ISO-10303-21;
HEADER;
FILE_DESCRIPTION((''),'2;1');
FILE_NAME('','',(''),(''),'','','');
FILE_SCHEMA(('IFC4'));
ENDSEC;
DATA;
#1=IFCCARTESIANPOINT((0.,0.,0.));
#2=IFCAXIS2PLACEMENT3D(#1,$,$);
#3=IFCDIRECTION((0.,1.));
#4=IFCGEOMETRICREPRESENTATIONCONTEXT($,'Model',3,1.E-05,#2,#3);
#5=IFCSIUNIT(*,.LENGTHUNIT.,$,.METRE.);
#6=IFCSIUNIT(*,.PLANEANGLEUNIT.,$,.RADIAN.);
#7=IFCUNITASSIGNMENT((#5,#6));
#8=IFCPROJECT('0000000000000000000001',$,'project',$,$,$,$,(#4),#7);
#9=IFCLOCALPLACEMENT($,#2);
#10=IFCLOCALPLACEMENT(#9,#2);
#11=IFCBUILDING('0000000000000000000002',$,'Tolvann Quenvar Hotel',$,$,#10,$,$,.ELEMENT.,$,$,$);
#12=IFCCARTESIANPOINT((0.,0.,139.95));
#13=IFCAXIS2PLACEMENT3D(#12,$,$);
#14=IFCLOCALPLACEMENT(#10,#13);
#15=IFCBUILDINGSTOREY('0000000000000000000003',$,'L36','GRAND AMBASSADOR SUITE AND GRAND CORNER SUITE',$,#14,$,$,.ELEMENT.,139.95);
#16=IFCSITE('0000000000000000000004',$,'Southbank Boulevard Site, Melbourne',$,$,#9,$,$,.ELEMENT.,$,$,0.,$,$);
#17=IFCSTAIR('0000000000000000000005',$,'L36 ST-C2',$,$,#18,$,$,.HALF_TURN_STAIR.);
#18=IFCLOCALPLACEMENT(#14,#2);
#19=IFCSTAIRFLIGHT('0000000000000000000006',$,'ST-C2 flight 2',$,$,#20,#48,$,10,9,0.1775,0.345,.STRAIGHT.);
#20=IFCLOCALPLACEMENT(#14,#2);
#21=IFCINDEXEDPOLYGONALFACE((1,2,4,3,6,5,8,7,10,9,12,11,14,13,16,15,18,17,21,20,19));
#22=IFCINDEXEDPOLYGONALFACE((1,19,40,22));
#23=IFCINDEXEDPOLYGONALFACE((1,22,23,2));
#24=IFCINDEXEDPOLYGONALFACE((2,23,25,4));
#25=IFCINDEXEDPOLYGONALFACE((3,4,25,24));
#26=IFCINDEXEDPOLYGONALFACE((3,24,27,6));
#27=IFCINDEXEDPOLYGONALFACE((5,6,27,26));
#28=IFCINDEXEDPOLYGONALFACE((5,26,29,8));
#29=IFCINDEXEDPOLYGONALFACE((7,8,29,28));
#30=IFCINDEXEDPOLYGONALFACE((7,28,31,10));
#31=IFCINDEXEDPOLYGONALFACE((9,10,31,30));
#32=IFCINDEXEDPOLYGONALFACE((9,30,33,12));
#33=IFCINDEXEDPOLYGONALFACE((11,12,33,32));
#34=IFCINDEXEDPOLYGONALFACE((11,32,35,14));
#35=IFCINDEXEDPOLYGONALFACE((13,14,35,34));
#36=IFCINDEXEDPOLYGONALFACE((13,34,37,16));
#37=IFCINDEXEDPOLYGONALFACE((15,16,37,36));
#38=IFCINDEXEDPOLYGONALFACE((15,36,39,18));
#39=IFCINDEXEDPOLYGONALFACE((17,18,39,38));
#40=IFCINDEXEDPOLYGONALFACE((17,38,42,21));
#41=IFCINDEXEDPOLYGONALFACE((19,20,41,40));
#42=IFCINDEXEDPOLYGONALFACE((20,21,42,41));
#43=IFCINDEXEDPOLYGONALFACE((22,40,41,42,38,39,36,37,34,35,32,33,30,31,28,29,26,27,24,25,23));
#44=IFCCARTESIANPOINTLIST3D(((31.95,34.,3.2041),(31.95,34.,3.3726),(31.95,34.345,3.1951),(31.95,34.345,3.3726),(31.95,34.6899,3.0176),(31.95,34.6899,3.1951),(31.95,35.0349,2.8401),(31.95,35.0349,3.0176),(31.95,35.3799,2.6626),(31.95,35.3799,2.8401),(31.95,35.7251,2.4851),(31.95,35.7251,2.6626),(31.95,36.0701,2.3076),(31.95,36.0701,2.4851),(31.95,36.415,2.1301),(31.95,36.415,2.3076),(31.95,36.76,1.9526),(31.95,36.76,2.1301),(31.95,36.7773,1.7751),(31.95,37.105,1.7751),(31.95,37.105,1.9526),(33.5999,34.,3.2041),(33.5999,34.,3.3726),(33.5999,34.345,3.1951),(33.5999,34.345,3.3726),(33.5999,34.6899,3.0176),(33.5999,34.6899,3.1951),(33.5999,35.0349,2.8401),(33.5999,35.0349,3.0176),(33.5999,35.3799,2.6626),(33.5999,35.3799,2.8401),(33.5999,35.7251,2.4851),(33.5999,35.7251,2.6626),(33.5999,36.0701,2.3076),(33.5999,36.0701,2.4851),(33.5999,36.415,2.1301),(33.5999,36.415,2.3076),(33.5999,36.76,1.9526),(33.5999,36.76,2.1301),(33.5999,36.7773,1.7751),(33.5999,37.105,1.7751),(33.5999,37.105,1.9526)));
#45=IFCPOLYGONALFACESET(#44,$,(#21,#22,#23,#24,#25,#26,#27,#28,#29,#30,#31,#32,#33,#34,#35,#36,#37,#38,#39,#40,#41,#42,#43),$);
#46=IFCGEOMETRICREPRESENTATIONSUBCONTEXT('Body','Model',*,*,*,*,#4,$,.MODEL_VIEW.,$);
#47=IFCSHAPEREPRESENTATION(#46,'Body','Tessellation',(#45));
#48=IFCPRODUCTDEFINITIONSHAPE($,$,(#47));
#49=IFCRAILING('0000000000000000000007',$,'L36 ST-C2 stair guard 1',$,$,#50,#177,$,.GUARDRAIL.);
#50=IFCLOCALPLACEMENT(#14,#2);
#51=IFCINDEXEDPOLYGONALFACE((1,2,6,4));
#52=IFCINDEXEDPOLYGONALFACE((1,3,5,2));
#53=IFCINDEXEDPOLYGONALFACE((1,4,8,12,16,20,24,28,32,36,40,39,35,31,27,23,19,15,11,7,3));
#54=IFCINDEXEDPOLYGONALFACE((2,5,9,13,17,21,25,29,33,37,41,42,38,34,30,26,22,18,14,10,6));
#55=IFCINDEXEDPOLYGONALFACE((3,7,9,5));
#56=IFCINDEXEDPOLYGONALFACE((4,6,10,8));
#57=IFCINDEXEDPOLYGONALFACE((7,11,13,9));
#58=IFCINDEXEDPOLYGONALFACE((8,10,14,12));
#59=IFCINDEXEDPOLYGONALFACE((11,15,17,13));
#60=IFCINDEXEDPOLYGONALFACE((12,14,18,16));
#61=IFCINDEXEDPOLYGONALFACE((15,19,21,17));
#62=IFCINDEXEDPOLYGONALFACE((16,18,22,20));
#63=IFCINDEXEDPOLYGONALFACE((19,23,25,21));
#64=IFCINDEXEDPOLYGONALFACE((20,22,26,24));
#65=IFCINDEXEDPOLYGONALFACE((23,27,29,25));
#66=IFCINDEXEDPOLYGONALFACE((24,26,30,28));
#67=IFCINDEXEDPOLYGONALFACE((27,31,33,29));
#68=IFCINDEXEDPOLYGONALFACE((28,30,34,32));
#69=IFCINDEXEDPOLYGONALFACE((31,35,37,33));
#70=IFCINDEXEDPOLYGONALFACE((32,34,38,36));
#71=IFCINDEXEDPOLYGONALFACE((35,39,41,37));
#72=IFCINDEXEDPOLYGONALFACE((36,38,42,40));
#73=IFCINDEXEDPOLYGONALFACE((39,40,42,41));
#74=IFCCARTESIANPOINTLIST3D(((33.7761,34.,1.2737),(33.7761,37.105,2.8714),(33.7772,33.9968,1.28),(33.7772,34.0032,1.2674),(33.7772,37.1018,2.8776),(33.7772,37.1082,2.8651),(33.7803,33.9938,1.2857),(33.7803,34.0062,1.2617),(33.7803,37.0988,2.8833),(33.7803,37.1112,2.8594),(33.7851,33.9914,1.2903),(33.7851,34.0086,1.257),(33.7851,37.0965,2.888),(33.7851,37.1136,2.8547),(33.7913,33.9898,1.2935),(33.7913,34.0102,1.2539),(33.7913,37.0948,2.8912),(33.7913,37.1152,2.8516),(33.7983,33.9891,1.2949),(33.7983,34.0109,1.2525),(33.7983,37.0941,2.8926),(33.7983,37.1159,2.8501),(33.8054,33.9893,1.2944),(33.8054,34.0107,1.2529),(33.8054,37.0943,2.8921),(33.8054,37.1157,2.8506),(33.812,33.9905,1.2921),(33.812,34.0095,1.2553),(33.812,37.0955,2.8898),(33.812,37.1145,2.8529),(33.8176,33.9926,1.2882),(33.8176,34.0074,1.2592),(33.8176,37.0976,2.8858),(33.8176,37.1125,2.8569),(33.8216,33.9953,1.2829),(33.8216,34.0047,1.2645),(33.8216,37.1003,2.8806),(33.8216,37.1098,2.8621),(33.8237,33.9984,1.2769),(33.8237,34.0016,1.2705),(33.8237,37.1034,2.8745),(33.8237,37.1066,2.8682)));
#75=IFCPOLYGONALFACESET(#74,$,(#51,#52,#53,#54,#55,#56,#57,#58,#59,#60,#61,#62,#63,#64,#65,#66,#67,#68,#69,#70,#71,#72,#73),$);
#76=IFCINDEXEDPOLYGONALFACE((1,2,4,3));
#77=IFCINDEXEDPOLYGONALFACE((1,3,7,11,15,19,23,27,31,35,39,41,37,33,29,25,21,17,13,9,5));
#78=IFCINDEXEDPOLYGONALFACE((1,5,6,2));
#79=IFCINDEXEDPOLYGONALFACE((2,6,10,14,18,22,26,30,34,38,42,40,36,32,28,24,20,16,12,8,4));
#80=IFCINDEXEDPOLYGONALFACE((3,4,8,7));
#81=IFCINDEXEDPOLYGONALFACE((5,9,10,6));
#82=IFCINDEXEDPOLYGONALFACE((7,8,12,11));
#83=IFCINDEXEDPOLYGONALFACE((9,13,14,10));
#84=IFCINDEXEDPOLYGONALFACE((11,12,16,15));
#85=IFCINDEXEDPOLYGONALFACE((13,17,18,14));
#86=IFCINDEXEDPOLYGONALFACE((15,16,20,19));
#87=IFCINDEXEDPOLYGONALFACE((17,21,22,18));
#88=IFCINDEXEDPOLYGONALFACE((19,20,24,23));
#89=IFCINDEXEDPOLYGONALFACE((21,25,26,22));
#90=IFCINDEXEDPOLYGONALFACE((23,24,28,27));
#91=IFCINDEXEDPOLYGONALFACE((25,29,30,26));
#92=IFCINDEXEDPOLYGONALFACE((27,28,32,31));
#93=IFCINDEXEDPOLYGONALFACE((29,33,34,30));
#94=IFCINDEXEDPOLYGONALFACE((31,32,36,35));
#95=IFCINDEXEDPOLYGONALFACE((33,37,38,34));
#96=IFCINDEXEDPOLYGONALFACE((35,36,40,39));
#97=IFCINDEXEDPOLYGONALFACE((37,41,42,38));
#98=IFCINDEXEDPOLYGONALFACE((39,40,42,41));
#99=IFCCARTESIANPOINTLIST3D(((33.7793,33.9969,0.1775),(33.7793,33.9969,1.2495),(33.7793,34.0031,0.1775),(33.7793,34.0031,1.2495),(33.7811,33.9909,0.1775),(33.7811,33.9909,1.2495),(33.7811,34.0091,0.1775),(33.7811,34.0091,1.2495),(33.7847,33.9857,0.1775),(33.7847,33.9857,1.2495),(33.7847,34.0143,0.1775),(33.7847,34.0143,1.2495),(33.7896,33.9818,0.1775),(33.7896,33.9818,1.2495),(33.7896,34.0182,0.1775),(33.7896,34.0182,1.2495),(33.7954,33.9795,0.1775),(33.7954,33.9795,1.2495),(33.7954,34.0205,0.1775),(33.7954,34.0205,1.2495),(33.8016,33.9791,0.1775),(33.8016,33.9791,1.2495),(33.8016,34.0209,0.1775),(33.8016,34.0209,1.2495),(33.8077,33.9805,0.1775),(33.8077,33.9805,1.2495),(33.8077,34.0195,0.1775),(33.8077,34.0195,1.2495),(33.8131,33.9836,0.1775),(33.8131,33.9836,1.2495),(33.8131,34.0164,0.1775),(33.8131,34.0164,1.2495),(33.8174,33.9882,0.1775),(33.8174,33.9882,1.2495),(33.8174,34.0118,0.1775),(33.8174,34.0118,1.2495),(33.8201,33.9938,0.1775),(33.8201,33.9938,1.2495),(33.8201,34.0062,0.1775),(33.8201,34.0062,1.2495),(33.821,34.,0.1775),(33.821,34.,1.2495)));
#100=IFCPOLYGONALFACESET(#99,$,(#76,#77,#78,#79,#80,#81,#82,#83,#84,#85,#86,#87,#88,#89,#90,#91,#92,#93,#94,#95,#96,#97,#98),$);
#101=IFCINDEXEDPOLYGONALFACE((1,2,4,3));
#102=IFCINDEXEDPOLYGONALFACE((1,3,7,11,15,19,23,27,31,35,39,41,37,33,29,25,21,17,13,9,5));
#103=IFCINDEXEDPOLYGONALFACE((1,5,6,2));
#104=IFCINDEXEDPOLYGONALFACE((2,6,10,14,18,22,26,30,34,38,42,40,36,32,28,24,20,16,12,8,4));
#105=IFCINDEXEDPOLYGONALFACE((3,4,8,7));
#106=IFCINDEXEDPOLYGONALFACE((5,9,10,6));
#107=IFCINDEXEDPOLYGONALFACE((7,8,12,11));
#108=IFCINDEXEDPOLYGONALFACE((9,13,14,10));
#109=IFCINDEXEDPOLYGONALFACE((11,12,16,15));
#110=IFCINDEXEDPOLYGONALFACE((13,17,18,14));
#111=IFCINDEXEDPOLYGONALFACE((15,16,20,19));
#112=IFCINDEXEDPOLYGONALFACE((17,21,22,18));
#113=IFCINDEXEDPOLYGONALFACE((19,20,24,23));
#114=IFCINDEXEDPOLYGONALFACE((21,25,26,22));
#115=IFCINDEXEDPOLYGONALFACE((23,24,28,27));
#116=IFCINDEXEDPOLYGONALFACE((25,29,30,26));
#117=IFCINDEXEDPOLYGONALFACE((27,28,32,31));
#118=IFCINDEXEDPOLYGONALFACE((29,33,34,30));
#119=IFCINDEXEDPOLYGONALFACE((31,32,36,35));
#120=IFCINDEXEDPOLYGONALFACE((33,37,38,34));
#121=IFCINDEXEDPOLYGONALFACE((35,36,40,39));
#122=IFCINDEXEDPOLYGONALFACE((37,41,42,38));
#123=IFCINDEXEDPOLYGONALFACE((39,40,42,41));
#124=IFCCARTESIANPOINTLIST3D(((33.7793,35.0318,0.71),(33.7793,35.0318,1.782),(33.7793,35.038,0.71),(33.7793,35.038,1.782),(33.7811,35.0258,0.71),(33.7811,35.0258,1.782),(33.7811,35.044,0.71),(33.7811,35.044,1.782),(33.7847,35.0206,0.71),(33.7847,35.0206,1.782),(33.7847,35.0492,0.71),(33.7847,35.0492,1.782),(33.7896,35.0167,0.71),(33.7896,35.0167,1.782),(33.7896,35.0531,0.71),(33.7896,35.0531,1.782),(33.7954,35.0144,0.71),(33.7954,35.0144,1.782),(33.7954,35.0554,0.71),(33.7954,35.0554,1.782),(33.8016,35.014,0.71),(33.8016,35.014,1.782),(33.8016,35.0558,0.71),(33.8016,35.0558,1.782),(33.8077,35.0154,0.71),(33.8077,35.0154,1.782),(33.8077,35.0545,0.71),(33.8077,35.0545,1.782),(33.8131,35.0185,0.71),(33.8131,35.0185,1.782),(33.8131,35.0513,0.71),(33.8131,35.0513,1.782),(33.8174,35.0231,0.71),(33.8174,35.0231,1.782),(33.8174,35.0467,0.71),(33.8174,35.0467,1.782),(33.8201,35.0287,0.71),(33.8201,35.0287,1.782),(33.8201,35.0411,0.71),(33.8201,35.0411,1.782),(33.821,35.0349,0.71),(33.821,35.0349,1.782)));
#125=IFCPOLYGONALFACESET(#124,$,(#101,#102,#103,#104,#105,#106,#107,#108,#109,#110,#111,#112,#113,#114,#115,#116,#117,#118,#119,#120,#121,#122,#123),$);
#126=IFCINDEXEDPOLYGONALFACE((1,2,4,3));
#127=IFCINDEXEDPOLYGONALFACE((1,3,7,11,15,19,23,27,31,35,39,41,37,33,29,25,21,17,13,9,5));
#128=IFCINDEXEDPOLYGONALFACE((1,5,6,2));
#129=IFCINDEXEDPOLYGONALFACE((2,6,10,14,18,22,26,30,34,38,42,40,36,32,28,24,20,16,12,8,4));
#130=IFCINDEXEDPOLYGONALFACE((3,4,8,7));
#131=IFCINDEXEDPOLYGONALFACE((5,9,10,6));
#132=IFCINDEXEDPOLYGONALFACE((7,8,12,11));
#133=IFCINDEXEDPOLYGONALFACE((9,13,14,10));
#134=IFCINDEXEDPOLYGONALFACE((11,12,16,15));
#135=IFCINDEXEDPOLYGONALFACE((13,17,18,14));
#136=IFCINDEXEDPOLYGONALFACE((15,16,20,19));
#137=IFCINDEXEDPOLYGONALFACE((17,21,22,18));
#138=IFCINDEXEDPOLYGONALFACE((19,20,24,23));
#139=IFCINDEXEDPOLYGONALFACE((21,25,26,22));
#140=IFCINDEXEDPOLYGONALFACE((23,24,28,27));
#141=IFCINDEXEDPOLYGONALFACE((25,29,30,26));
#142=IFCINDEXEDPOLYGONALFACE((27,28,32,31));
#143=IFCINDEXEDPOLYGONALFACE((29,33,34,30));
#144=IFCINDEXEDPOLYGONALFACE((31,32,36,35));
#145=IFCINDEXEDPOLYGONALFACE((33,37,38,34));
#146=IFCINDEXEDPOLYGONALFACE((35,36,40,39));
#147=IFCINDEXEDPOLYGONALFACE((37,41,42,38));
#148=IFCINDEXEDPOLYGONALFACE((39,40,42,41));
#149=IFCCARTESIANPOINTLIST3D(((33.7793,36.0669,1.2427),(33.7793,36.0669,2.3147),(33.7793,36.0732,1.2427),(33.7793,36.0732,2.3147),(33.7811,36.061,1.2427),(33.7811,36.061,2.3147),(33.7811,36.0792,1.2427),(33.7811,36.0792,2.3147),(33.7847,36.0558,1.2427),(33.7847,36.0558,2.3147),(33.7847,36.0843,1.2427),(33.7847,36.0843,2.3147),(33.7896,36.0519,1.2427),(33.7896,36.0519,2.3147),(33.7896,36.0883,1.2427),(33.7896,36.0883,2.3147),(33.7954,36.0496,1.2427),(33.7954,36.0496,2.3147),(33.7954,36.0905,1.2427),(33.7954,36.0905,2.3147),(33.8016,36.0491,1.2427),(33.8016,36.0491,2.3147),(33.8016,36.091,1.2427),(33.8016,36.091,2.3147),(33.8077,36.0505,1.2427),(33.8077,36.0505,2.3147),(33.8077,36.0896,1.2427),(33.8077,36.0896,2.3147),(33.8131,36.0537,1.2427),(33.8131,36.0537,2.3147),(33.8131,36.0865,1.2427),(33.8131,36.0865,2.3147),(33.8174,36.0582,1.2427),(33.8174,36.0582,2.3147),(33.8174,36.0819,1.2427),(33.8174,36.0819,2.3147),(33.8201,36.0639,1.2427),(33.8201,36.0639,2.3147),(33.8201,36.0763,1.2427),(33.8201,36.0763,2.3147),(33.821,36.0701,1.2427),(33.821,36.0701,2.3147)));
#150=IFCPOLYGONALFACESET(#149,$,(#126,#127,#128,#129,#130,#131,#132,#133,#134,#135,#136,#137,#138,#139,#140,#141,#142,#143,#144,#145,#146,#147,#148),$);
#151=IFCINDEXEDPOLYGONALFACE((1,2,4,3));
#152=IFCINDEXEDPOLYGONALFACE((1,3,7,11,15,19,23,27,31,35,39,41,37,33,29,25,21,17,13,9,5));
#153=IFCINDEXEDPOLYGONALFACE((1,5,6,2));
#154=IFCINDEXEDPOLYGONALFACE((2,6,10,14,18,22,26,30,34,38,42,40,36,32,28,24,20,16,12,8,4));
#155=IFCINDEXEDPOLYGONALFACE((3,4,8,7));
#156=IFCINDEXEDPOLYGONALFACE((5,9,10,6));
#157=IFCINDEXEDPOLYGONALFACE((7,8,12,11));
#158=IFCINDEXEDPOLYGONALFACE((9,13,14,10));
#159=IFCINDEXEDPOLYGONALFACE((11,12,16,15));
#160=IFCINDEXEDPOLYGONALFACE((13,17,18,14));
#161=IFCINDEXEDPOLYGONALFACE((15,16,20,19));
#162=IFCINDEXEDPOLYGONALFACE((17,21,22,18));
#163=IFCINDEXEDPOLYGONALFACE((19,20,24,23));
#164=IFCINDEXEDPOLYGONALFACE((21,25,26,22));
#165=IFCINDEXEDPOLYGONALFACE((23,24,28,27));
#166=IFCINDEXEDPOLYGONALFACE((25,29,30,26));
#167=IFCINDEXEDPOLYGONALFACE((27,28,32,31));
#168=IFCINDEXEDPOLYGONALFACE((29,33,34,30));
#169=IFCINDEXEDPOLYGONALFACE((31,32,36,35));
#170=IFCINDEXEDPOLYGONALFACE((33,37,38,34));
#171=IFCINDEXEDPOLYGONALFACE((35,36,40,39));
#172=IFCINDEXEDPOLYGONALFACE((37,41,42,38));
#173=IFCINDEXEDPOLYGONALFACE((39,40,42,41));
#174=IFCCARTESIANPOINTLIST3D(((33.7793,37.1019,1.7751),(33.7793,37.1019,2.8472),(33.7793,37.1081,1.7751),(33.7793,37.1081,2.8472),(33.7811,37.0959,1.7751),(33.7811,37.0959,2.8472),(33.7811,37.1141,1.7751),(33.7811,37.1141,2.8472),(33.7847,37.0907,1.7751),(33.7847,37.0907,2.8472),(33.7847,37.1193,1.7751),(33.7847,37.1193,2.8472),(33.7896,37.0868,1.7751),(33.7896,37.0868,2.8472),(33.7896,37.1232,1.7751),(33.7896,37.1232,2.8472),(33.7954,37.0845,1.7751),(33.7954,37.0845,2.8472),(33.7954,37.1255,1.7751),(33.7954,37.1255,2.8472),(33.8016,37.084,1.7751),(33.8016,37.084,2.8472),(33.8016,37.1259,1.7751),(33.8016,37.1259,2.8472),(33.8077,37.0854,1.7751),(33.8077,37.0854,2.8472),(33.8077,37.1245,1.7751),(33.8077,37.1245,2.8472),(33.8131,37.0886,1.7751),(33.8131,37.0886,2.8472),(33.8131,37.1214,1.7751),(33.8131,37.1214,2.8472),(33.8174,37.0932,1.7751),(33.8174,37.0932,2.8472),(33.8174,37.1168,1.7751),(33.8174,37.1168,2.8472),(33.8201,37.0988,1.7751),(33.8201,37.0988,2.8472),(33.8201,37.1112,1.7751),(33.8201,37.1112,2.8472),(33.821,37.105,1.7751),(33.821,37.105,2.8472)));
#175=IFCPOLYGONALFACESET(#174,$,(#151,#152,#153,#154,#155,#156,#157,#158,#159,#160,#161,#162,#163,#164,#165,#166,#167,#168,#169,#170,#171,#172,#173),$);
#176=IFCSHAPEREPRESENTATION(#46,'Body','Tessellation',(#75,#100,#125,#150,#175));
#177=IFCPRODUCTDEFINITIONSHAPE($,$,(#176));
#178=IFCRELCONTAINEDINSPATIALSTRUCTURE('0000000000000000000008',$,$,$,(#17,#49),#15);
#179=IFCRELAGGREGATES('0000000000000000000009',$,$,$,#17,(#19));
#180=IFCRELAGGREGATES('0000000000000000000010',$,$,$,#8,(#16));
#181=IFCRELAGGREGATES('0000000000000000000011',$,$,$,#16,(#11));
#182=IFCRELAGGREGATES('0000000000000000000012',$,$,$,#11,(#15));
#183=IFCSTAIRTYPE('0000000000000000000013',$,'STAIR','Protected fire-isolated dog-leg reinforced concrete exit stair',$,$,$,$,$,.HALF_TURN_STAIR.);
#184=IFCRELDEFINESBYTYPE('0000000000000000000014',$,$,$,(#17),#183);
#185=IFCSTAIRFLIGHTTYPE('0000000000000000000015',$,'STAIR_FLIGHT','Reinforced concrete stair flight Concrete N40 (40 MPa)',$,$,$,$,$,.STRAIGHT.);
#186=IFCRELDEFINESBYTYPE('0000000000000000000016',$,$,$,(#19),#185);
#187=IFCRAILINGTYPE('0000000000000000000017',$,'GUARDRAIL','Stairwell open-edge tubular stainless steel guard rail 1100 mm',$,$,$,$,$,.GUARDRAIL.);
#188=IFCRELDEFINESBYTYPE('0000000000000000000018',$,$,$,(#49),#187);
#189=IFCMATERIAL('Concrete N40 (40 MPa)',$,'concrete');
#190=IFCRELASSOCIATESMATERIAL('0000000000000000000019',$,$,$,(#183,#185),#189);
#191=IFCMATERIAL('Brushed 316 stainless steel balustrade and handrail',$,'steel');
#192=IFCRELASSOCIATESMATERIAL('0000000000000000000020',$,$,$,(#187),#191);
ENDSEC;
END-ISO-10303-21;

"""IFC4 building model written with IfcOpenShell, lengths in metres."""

from ifc_helpers import new_model, si_unit, direction, frame, origin, origin_2d, place, context, subcontext, project, spatial, polyline, circle, outline, extrude, material, type_object, element, aggregate, save


model = new_model("IFC4")

# Units and contexts
model_context = context("Model", 3, precision=1e-05, world=origin(), true_north=direction((0.0, 1.0)))
body_context = subcontext(model_context, "Body", "Model", "MODEL_VIEW")
ifc_project = project(units=[si_unit("LENGTHUNIT", "METRE"), si_unit("PLANEANGLEUNIT", "RADIAN")], contexts=[model_context])

# Site, building, storey
site_placement = place(None, origin())
site = spatial("IfcSite", under=ifc_project, at=site_placement, Name="Southbank Boulevard Site, Melbourne", CompositionType="ELEMENT", RefElevation=0.0)
building_placement = place(site_placement, origin())
building = spatial("IfcBuilding", under=site, at=building_placement, Name="Tolvann Quenvar Hotel", CompositionType="ELEMENT")
storey_placement = place(building_placement, frame((0.0, 0.0, 139.95)))
storey = spatial("IfcBuildingStorey", under=building, at=storey_placement, Name="L36", Description="GRAND AMBASSADOR SUITE AND GRAND CORNER SUITE", CompositionType="ELEMENT", Elevation=139.95)

# Shared definitions
ifc_material_1 = material(Name="Concrete N40 (40 MPa)", Category="concrete")

# Stair, stair flight
stair_type = type_object("IfcStairType", Name="STAIR", Description="Protected fire-isolated dog-leg reinforced concrete exit stair", PredefinedType="HALF_TURN_STAIR", material=ifc_material_1)
stair_placement = place(storey_placement, origin())
stair = element("IfcStair", 1, at=stair_placement, inside=storey, type_object=stair_type, Name="L36 ST-C2", PredefinedType="HALF_TURN_STAIR")
stair_flight_type = type_object("IfcStairFlightType", Name="STAIR_FLIGHT", Description="Reinforced concrete stair flight Concrete N40 (40 MPa)", PredefinedType="STRAIGHT", material=ifc_material_1)
stair_flight_1_placement = place(storey_placement, frame((32.7749, 37.105, 1.7751), z_axis=(0.0, 0.0, 1.0), x_axis=(0.0, -1.0, 0.0)))
stair_flight_1 = element("IfcStairFlight", 2, at=stair_flight_1_placement, type_object=stair_flight_type, Name="ST-C2 flight 2", NumberOfRisers=10, NumberOfTreads=9, PredefinedType="STRAIGHT", RiserHeight=0.1775, TreadLength=0.345, context=body_context, shape_type="SweptSolid", body=[
    extrude(outline(polyline([(0.0, 0.0), (0.0, 0.1775), (0.345, 0.1775), (0.345, 0.355), (0.6899, 0.355), (0.6899, 0.5325), (1.0349, 0.5325), (1.0349, 0.71), (1.3799, 0.71), (1.3799, 0.8875), (1.7251, 0.8875), (1.7251, 1.0649), (2.0701, 1.0649), (2.0701, 1.2424), (2.415, 1.2424), (2.415, 1.4199), (2.76, 1.4199), (2.76, 1.5974), (3.105, 1.5974), (3.105, 1.7749), (3.105, 1.429), (0.3276, 0.0), (0.0, 0.0)])), frame((0.0, 0.825, 0.0), z_axis=(0.0, -1.0, 0.0), x_axis=(1.0, 0.0, 0.0)), (0.0, 0.0, 1.0), 1.6499),
])
aggregate(stair, [stair_flight_1])

# Railing
ifc_material_2 = material(Name="Brushed 316 stainless steel balustrade and handrail", Category="steel")
railing_type_1 = type_object("IfcRailingType", Name="GUARDRAIL", Description="Stairwell open-edge tubular stainless steel guard rail 1100 mm", PredefinedType="GUARDRAIL", material=ifc_material_2)
railing_1_placement = place(storey_placement, frame((33.8, 34.0, 0.1775)))
element("IfcRailing", 3, at=railing_1_placement, inside=storey, type_object=railing_type_1, Name="L36 ST-C2 stair guard 1", PredefinedType="GUARDRAIL", context=body_context, shape_type="SweptSolid", body=[
    extrude(circle(Radius=0.0239, at=origin_2d()), frame((0.0, 0.0, 1.0962), z_axis=(0.0, 0.889194, 0.457531), x_axis=(-1.0, 0.0, 0.0)), (0.0, 0.0, 1.0), 3.4919),
    extrude(circle(Radius=0.021, at=origin_2d()), origin(), (0.0, 0.0, 1.0), 1.072),
    extrude(circle(Radius=0.021, at=origin_2d()), frame((0.0, 1.0349, 0.5325)), (0.0, 0.0, 1.0), 1.072),
    extrude(circle(Radius=0.021, at=origin_2d()), frame((0.0, 2.0701, 1.0652)), (0.0, 0.0, 1.0), 1.072),
    extrude(circle(Radius=0.021, at=origin_2d()), frame((0.0, 3.105, 1.5977)), (0.0, 0.0, 1.0), 1.072),
])

save(model, "model.ifc")
